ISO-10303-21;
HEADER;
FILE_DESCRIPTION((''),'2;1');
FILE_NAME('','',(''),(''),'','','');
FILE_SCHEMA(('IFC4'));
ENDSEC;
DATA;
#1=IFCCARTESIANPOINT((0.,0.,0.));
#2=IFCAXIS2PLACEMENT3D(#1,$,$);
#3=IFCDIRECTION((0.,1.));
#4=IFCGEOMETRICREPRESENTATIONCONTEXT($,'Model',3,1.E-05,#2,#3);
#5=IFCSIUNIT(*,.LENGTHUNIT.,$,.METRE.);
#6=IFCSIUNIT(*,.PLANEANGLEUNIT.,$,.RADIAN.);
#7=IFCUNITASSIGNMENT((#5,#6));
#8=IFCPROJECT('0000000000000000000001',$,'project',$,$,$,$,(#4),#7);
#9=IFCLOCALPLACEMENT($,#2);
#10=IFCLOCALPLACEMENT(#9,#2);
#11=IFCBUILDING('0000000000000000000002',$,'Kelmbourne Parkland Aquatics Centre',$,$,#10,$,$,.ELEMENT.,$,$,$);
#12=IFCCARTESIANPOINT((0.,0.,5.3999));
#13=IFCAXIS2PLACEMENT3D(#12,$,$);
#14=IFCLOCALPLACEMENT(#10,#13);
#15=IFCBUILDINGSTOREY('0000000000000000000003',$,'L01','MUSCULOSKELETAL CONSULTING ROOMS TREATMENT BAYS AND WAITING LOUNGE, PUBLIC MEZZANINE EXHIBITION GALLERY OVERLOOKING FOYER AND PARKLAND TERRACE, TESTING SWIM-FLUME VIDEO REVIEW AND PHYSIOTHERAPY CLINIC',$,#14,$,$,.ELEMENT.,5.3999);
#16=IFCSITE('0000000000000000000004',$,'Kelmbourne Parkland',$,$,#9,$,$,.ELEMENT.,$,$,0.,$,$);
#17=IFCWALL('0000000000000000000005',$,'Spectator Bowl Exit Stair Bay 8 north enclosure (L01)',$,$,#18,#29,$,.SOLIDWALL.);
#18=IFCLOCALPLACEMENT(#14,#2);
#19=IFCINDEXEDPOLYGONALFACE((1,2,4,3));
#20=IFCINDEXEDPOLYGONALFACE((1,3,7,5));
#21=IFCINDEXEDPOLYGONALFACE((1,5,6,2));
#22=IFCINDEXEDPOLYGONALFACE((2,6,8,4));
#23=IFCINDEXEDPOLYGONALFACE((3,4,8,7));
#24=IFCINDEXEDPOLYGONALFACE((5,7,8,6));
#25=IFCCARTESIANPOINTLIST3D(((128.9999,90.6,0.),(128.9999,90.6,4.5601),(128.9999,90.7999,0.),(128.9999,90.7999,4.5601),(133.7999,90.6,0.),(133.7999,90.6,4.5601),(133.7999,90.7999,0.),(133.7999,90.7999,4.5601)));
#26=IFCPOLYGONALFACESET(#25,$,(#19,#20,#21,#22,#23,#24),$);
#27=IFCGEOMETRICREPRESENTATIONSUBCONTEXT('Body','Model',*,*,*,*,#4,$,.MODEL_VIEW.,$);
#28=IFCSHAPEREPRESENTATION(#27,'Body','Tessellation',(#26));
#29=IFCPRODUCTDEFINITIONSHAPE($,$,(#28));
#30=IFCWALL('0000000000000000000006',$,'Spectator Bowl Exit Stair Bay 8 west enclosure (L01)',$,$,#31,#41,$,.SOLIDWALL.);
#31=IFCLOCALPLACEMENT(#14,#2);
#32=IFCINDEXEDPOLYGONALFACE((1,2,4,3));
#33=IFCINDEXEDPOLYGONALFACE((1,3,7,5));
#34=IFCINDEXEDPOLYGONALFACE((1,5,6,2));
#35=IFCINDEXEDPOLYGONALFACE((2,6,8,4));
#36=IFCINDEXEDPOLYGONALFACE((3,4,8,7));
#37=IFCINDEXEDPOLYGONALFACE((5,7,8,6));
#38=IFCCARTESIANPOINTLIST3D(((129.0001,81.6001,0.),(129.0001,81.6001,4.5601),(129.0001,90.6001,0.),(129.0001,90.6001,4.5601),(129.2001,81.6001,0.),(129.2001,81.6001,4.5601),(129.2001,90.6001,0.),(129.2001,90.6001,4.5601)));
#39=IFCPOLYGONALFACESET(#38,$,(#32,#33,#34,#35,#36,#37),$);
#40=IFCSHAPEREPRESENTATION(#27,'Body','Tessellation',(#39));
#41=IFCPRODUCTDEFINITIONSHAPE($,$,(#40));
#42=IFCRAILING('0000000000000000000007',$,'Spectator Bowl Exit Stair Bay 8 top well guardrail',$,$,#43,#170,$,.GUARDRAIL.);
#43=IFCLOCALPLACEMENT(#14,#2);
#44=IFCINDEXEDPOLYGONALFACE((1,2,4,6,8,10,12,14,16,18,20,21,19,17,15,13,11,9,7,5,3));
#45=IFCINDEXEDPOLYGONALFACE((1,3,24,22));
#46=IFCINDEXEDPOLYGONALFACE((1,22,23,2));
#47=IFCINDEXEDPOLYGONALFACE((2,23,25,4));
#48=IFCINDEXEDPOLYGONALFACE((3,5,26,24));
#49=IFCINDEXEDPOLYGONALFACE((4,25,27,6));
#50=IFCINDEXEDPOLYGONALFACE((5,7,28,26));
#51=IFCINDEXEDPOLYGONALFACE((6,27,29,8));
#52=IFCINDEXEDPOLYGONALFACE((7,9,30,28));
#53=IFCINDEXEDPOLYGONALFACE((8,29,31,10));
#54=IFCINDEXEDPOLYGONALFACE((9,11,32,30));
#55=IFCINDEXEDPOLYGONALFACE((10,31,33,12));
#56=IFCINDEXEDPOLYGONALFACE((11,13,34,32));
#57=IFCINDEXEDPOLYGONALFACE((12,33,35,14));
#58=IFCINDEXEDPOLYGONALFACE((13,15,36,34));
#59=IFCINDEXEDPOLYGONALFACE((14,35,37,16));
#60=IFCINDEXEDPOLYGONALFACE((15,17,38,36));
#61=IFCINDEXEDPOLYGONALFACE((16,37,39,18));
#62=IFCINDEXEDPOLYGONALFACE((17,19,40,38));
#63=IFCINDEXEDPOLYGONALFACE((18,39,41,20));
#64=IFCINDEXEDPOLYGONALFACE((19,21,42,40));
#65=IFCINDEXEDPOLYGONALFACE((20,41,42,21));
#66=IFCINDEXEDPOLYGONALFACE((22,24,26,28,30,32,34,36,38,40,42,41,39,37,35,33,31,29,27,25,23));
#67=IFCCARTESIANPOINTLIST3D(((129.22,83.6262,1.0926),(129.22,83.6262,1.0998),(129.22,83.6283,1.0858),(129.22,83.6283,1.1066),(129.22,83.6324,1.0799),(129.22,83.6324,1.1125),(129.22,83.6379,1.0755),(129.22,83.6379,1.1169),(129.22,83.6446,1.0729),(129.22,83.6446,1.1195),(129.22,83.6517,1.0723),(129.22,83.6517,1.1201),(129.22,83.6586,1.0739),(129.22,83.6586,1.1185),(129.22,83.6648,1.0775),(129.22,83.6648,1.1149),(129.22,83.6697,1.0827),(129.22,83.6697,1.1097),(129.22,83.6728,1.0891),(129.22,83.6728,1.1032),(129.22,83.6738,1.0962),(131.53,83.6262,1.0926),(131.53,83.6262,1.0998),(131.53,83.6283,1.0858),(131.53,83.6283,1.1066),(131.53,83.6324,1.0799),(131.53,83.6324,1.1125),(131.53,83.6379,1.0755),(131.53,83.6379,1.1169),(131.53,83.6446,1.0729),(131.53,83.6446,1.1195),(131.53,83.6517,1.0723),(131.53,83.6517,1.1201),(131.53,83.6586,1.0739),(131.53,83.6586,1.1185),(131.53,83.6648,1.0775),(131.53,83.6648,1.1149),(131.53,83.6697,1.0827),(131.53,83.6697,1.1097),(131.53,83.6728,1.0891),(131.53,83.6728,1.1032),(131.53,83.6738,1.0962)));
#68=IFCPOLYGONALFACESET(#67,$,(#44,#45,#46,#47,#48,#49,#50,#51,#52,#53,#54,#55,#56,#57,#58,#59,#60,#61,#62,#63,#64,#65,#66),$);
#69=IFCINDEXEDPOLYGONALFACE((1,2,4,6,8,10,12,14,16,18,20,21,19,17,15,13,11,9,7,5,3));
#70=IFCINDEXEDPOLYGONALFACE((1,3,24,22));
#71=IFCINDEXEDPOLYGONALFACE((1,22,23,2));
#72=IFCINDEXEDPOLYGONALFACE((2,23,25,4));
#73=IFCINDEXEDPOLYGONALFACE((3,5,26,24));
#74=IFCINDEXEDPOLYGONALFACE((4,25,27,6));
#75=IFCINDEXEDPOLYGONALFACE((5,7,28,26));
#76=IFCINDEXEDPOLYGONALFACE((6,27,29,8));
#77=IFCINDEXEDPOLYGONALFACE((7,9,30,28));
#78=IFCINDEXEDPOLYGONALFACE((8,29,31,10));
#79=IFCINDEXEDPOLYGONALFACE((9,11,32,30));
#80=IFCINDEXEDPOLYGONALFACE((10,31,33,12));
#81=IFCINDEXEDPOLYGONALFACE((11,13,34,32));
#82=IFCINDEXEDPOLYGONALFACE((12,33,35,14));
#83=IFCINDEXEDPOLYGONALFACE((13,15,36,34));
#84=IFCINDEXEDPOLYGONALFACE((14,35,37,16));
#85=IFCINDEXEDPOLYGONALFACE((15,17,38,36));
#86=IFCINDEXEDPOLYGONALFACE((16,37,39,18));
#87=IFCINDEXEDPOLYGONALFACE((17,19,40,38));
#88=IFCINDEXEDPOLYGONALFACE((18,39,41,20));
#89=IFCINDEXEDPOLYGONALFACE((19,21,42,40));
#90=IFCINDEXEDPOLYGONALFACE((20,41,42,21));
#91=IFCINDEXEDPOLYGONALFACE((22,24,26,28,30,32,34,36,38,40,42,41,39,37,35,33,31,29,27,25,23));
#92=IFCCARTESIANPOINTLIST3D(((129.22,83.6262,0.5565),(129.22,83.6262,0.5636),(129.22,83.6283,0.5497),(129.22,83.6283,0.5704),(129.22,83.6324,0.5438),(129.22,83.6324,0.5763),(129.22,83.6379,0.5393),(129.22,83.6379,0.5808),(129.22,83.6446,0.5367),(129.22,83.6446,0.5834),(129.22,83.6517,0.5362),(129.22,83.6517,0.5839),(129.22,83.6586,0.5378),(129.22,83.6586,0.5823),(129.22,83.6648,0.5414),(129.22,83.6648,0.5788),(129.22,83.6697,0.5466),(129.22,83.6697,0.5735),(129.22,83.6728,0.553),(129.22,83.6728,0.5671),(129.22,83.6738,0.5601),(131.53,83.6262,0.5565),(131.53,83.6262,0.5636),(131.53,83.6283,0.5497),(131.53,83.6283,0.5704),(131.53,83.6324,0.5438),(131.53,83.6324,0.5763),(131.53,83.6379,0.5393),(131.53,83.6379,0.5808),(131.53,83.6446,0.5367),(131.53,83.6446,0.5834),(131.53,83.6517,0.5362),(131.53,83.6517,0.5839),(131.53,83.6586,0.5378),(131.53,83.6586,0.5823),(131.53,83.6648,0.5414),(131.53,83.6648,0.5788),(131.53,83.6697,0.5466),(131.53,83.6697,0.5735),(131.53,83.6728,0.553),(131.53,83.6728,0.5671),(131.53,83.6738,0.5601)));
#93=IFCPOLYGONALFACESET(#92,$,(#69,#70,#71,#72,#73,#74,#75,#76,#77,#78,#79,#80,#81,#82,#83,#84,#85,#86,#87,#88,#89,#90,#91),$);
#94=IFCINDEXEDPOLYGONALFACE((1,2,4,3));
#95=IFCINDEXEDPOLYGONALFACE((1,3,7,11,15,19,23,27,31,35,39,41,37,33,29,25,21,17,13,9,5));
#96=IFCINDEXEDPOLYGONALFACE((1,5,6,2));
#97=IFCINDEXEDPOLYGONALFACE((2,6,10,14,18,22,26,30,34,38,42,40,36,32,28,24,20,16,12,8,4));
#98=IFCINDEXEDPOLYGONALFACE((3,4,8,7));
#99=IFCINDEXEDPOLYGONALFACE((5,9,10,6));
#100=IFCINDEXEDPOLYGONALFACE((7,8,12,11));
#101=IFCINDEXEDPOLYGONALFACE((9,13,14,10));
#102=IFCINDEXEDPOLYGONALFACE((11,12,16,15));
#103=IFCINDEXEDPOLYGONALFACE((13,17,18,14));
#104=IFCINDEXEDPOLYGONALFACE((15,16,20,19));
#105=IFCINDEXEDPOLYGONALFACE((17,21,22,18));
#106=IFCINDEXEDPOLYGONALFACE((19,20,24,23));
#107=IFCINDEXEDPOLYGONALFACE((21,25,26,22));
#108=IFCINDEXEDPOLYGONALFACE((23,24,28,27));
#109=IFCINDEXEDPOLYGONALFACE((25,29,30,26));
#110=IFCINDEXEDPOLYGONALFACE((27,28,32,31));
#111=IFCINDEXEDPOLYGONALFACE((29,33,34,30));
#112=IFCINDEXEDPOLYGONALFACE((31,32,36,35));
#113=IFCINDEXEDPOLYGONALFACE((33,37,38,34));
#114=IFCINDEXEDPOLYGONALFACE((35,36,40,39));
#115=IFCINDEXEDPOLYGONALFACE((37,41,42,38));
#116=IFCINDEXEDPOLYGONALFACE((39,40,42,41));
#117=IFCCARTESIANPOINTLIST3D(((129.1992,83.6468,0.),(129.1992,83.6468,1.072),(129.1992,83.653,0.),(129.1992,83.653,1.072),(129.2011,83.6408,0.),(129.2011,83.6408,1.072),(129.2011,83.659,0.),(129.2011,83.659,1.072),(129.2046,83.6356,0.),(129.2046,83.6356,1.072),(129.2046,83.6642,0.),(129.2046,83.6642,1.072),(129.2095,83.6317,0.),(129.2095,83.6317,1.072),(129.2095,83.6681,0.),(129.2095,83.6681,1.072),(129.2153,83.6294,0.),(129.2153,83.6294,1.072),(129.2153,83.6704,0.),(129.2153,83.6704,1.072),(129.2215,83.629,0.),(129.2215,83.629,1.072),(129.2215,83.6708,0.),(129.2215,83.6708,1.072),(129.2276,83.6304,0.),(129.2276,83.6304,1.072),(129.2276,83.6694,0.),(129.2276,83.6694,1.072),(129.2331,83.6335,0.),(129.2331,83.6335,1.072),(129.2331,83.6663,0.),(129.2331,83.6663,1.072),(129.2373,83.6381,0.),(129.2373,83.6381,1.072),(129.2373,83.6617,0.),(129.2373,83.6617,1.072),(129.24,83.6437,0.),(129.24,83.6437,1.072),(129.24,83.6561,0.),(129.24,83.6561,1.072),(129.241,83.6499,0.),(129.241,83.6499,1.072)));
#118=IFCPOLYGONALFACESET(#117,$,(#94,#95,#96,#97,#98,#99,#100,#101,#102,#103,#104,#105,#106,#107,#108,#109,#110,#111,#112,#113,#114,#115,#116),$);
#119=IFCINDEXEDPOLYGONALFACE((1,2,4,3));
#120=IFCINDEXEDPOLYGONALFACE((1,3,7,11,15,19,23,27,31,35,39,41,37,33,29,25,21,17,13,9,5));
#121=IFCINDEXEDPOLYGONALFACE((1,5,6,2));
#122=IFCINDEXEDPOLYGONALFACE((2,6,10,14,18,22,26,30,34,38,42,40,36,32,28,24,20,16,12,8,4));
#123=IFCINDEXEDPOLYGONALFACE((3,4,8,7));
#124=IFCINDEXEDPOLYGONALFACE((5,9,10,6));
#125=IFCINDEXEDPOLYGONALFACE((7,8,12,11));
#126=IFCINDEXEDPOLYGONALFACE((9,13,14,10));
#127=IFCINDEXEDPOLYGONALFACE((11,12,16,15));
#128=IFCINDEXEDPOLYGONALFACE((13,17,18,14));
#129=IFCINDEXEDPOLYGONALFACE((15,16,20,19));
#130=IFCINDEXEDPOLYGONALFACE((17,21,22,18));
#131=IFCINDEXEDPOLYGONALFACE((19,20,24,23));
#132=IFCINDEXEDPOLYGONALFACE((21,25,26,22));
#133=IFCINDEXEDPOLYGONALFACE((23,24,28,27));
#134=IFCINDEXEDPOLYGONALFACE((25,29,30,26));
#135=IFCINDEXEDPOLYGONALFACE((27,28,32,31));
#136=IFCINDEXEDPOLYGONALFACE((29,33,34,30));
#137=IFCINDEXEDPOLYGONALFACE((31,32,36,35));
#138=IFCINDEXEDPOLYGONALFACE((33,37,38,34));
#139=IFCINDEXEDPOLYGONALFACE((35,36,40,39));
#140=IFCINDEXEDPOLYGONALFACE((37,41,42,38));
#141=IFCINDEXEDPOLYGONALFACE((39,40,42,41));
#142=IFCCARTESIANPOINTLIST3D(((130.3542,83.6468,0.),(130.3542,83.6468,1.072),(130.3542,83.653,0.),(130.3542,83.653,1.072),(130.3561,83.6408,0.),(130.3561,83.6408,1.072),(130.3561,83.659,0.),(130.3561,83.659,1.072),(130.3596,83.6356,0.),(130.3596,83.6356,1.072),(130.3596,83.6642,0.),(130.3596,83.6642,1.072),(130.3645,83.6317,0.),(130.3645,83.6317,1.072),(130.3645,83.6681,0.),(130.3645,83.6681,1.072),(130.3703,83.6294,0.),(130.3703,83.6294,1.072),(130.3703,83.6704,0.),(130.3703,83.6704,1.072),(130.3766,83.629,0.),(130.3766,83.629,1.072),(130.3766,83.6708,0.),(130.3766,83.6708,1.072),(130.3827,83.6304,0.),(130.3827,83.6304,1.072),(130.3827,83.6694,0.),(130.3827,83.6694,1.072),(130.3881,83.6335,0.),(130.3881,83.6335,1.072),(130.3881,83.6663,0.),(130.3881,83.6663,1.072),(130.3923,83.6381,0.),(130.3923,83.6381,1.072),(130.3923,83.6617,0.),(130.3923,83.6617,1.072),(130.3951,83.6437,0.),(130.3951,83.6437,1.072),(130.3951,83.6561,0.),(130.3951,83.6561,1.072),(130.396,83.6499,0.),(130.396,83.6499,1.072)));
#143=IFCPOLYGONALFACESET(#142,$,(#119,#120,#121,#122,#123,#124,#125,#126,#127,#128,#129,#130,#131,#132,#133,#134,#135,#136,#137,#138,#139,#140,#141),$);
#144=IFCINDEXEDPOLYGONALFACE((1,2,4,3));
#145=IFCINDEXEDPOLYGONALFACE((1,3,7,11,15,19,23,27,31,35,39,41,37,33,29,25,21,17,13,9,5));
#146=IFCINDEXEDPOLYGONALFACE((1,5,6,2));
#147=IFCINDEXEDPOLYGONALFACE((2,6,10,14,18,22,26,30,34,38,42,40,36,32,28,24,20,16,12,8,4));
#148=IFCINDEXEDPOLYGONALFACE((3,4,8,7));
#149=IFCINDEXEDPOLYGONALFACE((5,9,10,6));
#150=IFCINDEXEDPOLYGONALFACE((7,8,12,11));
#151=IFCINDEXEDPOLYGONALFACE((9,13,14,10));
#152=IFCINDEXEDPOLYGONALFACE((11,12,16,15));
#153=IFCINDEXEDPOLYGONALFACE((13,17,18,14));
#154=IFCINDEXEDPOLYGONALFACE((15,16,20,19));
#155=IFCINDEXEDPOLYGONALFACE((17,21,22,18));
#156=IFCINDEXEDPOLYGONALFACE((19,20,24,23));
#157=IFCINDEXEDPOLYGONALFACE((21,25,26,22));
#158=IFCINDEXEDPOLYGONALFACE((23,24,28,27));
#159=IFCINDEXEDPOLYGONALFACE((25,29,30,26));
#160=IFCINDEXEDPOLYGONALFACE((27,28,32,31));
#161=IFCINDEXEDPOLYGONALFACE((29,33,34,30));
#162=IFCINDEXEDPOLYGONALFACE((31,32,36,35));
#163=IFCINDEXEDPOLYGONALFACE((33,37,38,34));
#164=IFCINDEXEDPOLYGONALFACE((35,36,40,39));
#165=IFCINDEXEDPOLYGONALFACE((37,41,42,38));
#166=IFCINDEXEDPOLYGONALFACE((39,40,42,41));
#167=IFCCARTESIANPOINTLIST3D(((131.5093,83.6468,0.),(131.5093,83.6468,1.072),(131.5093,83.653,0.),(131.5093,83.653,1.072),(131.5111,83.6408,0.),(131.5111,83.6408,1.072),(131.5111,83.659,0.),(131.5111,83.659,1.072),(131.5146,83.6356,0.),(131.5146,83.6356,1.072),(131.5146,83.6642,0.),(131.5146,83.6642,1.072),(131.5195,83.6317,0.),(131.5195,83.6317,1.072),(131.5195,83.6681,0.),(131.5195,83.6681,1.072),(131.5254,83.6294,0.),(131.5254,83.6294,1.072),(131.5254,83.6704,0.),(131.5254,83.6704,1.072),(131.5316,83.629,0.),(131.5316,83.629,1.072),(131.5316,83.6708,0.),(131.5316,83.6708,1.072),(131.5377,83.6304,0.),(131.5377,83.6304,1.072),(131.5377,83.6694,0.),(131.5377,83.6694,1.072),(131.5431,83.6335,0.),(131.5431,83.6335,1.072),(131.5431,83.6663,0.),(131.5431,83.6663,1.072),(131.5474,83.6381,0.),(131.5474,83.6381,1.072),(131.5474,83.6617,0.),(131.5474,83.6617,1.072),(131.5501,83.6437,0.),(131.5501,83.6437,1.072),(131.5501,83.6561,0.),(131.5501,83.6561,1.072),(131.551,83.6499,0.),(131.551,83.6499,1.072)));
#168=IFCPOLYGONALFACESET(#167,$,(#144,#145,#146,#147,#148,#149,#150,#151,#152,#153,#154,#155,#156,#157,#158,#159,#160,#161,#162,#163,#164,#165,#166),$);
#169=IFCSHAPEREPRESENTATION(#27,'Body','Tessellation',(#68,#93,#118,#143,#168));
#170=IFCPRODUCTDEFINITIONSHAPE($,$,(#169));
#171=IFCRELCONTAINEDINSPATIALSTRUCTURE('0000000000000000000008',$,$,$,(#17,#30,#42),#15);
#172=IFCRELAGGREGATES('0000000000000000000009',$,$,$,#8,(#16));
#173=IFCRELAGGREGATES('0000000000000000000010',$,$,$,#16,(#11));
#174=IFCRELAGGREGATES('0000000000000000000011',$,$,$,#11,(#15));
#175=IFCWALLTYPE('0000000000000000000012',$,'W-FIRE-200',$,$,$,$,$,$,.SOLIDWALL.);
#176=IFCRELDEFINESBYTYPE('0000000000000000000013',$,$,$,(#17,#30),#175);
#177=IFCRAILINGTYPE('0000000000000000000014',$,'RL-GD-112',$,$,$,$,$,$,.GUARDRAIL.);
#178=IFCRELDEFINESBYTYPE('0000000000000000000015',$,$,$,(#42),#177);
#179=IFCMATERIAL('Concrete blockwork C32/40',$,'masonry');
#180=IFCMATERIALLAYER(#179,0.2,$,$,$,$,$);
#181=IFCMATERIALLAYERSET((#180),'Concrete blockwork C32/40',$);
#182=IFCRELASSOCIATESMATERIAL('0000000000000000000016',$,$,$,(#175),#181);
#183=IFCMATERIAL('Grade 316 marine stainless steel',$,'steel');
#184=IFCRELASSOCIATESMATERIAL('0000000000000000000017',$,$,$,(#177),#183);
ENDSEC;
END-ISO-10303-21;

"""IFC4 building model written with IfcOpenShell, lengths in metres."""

from ifc_helpers import new_model, si_unit, direction, frame, frame_2d, origin, origin_2d, place, context, subcontext, project, spatial, rectangle, circle, extrude, material, layer, layer_set, type_object, element, save


model = new_model("IFC4")

# Units and contexts
model_context = context("Model", 3, precision=1e-05, world=origin(), true_north=direction((0.0, 1.0)))
body_context = subcontext(model_context, "Body", "Model", "MODEL_VIEW")
ifc_project = project(units=[si_unit("LENGTHUNIT", "METRE"), si_unit("PLANEANGLEUNIT", "RADIAN")], contexts=[model_context])

# Site, building, storey
site_placement = place(None, origin())
site = spatial("IfcSite", under=ifc_project, at=site_placement, Name="Kelmbourne Parkland", CompositionType="ELEMENT", RefElevation=0.0)
building_placement = place(site_placement, origin())
building = spatial("IfcBuilding", under=site, at=building_placement, Name="Kelmbourne Parkland Aquatics Centre", CompositionType="ELEMENT")
storey_placement = place(building_placement, frame((0.0, 0.0, 5.3999)))
storey = spatial("IfcBuildingStorey", under=building, at=storey_placement, Name="L01", Description="MUSCULOSKELETAL CONSULTING ROOMS TREATMENT BAYS AND WAITING LOUNGE, PUBLIC MEZZANINE EXHIBITION GALLERY OVERLOOKING FOYER AND PARKLAND TERRACE, TESTING SWIM-FLUME VIDEO REVIEW AND PHYSIOTHERAPY CLINIC", CompositionType="ELEMENT", Elevation=5.3999)

# Walls
ifc_material_1 = material(Name="Concrete blockwork C32/40", Category="masonry")
ifc_layer_1 = layer(ifc_material_1, 0.2)
ifc_layer_set_1 = layer_set([ifc_layer_1], Name="Concrete blockwork C32/40")
wall_type_1 = type_object("IfcWallType", Name="W-FIRE-200", PredefinedType="SOLIDWALL", material=ifc_layer_set_1)
for number, where, z_axis, x_axis, name in (
    (1, (129.0, 90.7, 0.0), (0.0, 0.0, 1.0), (1.0, 0.0, 0.0), "Spectator Bowl Exit Stair Bay 8 north enclosure (L01)"),
):
    element("IfcWall", number, at=place(storey_placement, frame(where, z_axis=z_axis, x_axis=x_axis)), inside=storey, type_object=wall_type_1, Name=name, PredefinedType="SOLIDWALL", context=body_context, shape_type="SweptSolid", body=[
        extrude(rectangle(XDim=4.8, YDim=0.2, at=frame_2d((2.3999, 0.0))), origin(), (0.0, 0.0, 1.0), 4.5601),
    ])
wall_1_placement = place(storey_placement, frame((129.1001, 81.6001, 0.0), z_axis=(0.0, 0.0, 1.0), x_axis=(0.0, 1.0, 0.0)))
element("IfcWall", 2, at=wall_1_placement, inside=storey, type_object=wall_type_1, Name="Spectator Bowl Exit Stair Bay 8 west enclosure (L01)", PredefinedType="SOLIDWALL", context=body_context, shape_type="SweptSolid", body=[
    extrude(rectangle(XDim=9.0, YDim=0.2, at=frame_2d((4.5, 0.0))), origin(), (0.0, 0.0, 1.0), 4.5601),
])

# Railing
ifc_material_2 = material(Name="Grade 316 marine stainless steel", Category="steel")
railing_type = type_object("IfcRailingType", Name="RL-GD-112", PredefinedType="GUARDRAIL", material=ifc_material_2)
railing_placement = place(storey_placement, frame((129.22, 83.6499, 0.0)))
element("IfcRailing", 3, at=railing_placement, inside=storey, type_object=railing_type, Name="Spectator Bowl Exit Stair Bay 8 top well guardrail", PredefinedType="GUARDRAIL", context=body_context, shape_type="SweptSolid", body=[
    extrude(circle(Radius=0.0239, at=origin_2d()), frame((0.0, 0.0, 1.0962), z_axis=(1.0, 0.0, 0.0), x_axis=(0.0, 1.0, 0.0)), (0.0, 0.0, 1.0), 2.3101),
    extrude(circle(Radius=0.0239, at=origin_2d()), frame((0.0, 0.0, 0.5601), z_axis=(1.0, 0.0, 0.0), x_axis=(0.0, 1.0, 0.0)), (0.0, 0.0, 1.0), 2.3101),
    extrude(circle(Radius=0.021, at=origin_2d()), origin(), (0.0, 0.0, 1.0), 1.072),
    extrude(circle(Radius=0.021, at=origin_2d()), frame((1.155, 0.0, 0.0)), (0.0, 0.0, 1.0), 1.072),
    extrude(circle(Radius=0.021, at=origin_2d()), frame((2.3101, 0.0, 0.0)), (0.0, 0.0, 1.0), 1.072),
])

save(model, "model.ifc")
